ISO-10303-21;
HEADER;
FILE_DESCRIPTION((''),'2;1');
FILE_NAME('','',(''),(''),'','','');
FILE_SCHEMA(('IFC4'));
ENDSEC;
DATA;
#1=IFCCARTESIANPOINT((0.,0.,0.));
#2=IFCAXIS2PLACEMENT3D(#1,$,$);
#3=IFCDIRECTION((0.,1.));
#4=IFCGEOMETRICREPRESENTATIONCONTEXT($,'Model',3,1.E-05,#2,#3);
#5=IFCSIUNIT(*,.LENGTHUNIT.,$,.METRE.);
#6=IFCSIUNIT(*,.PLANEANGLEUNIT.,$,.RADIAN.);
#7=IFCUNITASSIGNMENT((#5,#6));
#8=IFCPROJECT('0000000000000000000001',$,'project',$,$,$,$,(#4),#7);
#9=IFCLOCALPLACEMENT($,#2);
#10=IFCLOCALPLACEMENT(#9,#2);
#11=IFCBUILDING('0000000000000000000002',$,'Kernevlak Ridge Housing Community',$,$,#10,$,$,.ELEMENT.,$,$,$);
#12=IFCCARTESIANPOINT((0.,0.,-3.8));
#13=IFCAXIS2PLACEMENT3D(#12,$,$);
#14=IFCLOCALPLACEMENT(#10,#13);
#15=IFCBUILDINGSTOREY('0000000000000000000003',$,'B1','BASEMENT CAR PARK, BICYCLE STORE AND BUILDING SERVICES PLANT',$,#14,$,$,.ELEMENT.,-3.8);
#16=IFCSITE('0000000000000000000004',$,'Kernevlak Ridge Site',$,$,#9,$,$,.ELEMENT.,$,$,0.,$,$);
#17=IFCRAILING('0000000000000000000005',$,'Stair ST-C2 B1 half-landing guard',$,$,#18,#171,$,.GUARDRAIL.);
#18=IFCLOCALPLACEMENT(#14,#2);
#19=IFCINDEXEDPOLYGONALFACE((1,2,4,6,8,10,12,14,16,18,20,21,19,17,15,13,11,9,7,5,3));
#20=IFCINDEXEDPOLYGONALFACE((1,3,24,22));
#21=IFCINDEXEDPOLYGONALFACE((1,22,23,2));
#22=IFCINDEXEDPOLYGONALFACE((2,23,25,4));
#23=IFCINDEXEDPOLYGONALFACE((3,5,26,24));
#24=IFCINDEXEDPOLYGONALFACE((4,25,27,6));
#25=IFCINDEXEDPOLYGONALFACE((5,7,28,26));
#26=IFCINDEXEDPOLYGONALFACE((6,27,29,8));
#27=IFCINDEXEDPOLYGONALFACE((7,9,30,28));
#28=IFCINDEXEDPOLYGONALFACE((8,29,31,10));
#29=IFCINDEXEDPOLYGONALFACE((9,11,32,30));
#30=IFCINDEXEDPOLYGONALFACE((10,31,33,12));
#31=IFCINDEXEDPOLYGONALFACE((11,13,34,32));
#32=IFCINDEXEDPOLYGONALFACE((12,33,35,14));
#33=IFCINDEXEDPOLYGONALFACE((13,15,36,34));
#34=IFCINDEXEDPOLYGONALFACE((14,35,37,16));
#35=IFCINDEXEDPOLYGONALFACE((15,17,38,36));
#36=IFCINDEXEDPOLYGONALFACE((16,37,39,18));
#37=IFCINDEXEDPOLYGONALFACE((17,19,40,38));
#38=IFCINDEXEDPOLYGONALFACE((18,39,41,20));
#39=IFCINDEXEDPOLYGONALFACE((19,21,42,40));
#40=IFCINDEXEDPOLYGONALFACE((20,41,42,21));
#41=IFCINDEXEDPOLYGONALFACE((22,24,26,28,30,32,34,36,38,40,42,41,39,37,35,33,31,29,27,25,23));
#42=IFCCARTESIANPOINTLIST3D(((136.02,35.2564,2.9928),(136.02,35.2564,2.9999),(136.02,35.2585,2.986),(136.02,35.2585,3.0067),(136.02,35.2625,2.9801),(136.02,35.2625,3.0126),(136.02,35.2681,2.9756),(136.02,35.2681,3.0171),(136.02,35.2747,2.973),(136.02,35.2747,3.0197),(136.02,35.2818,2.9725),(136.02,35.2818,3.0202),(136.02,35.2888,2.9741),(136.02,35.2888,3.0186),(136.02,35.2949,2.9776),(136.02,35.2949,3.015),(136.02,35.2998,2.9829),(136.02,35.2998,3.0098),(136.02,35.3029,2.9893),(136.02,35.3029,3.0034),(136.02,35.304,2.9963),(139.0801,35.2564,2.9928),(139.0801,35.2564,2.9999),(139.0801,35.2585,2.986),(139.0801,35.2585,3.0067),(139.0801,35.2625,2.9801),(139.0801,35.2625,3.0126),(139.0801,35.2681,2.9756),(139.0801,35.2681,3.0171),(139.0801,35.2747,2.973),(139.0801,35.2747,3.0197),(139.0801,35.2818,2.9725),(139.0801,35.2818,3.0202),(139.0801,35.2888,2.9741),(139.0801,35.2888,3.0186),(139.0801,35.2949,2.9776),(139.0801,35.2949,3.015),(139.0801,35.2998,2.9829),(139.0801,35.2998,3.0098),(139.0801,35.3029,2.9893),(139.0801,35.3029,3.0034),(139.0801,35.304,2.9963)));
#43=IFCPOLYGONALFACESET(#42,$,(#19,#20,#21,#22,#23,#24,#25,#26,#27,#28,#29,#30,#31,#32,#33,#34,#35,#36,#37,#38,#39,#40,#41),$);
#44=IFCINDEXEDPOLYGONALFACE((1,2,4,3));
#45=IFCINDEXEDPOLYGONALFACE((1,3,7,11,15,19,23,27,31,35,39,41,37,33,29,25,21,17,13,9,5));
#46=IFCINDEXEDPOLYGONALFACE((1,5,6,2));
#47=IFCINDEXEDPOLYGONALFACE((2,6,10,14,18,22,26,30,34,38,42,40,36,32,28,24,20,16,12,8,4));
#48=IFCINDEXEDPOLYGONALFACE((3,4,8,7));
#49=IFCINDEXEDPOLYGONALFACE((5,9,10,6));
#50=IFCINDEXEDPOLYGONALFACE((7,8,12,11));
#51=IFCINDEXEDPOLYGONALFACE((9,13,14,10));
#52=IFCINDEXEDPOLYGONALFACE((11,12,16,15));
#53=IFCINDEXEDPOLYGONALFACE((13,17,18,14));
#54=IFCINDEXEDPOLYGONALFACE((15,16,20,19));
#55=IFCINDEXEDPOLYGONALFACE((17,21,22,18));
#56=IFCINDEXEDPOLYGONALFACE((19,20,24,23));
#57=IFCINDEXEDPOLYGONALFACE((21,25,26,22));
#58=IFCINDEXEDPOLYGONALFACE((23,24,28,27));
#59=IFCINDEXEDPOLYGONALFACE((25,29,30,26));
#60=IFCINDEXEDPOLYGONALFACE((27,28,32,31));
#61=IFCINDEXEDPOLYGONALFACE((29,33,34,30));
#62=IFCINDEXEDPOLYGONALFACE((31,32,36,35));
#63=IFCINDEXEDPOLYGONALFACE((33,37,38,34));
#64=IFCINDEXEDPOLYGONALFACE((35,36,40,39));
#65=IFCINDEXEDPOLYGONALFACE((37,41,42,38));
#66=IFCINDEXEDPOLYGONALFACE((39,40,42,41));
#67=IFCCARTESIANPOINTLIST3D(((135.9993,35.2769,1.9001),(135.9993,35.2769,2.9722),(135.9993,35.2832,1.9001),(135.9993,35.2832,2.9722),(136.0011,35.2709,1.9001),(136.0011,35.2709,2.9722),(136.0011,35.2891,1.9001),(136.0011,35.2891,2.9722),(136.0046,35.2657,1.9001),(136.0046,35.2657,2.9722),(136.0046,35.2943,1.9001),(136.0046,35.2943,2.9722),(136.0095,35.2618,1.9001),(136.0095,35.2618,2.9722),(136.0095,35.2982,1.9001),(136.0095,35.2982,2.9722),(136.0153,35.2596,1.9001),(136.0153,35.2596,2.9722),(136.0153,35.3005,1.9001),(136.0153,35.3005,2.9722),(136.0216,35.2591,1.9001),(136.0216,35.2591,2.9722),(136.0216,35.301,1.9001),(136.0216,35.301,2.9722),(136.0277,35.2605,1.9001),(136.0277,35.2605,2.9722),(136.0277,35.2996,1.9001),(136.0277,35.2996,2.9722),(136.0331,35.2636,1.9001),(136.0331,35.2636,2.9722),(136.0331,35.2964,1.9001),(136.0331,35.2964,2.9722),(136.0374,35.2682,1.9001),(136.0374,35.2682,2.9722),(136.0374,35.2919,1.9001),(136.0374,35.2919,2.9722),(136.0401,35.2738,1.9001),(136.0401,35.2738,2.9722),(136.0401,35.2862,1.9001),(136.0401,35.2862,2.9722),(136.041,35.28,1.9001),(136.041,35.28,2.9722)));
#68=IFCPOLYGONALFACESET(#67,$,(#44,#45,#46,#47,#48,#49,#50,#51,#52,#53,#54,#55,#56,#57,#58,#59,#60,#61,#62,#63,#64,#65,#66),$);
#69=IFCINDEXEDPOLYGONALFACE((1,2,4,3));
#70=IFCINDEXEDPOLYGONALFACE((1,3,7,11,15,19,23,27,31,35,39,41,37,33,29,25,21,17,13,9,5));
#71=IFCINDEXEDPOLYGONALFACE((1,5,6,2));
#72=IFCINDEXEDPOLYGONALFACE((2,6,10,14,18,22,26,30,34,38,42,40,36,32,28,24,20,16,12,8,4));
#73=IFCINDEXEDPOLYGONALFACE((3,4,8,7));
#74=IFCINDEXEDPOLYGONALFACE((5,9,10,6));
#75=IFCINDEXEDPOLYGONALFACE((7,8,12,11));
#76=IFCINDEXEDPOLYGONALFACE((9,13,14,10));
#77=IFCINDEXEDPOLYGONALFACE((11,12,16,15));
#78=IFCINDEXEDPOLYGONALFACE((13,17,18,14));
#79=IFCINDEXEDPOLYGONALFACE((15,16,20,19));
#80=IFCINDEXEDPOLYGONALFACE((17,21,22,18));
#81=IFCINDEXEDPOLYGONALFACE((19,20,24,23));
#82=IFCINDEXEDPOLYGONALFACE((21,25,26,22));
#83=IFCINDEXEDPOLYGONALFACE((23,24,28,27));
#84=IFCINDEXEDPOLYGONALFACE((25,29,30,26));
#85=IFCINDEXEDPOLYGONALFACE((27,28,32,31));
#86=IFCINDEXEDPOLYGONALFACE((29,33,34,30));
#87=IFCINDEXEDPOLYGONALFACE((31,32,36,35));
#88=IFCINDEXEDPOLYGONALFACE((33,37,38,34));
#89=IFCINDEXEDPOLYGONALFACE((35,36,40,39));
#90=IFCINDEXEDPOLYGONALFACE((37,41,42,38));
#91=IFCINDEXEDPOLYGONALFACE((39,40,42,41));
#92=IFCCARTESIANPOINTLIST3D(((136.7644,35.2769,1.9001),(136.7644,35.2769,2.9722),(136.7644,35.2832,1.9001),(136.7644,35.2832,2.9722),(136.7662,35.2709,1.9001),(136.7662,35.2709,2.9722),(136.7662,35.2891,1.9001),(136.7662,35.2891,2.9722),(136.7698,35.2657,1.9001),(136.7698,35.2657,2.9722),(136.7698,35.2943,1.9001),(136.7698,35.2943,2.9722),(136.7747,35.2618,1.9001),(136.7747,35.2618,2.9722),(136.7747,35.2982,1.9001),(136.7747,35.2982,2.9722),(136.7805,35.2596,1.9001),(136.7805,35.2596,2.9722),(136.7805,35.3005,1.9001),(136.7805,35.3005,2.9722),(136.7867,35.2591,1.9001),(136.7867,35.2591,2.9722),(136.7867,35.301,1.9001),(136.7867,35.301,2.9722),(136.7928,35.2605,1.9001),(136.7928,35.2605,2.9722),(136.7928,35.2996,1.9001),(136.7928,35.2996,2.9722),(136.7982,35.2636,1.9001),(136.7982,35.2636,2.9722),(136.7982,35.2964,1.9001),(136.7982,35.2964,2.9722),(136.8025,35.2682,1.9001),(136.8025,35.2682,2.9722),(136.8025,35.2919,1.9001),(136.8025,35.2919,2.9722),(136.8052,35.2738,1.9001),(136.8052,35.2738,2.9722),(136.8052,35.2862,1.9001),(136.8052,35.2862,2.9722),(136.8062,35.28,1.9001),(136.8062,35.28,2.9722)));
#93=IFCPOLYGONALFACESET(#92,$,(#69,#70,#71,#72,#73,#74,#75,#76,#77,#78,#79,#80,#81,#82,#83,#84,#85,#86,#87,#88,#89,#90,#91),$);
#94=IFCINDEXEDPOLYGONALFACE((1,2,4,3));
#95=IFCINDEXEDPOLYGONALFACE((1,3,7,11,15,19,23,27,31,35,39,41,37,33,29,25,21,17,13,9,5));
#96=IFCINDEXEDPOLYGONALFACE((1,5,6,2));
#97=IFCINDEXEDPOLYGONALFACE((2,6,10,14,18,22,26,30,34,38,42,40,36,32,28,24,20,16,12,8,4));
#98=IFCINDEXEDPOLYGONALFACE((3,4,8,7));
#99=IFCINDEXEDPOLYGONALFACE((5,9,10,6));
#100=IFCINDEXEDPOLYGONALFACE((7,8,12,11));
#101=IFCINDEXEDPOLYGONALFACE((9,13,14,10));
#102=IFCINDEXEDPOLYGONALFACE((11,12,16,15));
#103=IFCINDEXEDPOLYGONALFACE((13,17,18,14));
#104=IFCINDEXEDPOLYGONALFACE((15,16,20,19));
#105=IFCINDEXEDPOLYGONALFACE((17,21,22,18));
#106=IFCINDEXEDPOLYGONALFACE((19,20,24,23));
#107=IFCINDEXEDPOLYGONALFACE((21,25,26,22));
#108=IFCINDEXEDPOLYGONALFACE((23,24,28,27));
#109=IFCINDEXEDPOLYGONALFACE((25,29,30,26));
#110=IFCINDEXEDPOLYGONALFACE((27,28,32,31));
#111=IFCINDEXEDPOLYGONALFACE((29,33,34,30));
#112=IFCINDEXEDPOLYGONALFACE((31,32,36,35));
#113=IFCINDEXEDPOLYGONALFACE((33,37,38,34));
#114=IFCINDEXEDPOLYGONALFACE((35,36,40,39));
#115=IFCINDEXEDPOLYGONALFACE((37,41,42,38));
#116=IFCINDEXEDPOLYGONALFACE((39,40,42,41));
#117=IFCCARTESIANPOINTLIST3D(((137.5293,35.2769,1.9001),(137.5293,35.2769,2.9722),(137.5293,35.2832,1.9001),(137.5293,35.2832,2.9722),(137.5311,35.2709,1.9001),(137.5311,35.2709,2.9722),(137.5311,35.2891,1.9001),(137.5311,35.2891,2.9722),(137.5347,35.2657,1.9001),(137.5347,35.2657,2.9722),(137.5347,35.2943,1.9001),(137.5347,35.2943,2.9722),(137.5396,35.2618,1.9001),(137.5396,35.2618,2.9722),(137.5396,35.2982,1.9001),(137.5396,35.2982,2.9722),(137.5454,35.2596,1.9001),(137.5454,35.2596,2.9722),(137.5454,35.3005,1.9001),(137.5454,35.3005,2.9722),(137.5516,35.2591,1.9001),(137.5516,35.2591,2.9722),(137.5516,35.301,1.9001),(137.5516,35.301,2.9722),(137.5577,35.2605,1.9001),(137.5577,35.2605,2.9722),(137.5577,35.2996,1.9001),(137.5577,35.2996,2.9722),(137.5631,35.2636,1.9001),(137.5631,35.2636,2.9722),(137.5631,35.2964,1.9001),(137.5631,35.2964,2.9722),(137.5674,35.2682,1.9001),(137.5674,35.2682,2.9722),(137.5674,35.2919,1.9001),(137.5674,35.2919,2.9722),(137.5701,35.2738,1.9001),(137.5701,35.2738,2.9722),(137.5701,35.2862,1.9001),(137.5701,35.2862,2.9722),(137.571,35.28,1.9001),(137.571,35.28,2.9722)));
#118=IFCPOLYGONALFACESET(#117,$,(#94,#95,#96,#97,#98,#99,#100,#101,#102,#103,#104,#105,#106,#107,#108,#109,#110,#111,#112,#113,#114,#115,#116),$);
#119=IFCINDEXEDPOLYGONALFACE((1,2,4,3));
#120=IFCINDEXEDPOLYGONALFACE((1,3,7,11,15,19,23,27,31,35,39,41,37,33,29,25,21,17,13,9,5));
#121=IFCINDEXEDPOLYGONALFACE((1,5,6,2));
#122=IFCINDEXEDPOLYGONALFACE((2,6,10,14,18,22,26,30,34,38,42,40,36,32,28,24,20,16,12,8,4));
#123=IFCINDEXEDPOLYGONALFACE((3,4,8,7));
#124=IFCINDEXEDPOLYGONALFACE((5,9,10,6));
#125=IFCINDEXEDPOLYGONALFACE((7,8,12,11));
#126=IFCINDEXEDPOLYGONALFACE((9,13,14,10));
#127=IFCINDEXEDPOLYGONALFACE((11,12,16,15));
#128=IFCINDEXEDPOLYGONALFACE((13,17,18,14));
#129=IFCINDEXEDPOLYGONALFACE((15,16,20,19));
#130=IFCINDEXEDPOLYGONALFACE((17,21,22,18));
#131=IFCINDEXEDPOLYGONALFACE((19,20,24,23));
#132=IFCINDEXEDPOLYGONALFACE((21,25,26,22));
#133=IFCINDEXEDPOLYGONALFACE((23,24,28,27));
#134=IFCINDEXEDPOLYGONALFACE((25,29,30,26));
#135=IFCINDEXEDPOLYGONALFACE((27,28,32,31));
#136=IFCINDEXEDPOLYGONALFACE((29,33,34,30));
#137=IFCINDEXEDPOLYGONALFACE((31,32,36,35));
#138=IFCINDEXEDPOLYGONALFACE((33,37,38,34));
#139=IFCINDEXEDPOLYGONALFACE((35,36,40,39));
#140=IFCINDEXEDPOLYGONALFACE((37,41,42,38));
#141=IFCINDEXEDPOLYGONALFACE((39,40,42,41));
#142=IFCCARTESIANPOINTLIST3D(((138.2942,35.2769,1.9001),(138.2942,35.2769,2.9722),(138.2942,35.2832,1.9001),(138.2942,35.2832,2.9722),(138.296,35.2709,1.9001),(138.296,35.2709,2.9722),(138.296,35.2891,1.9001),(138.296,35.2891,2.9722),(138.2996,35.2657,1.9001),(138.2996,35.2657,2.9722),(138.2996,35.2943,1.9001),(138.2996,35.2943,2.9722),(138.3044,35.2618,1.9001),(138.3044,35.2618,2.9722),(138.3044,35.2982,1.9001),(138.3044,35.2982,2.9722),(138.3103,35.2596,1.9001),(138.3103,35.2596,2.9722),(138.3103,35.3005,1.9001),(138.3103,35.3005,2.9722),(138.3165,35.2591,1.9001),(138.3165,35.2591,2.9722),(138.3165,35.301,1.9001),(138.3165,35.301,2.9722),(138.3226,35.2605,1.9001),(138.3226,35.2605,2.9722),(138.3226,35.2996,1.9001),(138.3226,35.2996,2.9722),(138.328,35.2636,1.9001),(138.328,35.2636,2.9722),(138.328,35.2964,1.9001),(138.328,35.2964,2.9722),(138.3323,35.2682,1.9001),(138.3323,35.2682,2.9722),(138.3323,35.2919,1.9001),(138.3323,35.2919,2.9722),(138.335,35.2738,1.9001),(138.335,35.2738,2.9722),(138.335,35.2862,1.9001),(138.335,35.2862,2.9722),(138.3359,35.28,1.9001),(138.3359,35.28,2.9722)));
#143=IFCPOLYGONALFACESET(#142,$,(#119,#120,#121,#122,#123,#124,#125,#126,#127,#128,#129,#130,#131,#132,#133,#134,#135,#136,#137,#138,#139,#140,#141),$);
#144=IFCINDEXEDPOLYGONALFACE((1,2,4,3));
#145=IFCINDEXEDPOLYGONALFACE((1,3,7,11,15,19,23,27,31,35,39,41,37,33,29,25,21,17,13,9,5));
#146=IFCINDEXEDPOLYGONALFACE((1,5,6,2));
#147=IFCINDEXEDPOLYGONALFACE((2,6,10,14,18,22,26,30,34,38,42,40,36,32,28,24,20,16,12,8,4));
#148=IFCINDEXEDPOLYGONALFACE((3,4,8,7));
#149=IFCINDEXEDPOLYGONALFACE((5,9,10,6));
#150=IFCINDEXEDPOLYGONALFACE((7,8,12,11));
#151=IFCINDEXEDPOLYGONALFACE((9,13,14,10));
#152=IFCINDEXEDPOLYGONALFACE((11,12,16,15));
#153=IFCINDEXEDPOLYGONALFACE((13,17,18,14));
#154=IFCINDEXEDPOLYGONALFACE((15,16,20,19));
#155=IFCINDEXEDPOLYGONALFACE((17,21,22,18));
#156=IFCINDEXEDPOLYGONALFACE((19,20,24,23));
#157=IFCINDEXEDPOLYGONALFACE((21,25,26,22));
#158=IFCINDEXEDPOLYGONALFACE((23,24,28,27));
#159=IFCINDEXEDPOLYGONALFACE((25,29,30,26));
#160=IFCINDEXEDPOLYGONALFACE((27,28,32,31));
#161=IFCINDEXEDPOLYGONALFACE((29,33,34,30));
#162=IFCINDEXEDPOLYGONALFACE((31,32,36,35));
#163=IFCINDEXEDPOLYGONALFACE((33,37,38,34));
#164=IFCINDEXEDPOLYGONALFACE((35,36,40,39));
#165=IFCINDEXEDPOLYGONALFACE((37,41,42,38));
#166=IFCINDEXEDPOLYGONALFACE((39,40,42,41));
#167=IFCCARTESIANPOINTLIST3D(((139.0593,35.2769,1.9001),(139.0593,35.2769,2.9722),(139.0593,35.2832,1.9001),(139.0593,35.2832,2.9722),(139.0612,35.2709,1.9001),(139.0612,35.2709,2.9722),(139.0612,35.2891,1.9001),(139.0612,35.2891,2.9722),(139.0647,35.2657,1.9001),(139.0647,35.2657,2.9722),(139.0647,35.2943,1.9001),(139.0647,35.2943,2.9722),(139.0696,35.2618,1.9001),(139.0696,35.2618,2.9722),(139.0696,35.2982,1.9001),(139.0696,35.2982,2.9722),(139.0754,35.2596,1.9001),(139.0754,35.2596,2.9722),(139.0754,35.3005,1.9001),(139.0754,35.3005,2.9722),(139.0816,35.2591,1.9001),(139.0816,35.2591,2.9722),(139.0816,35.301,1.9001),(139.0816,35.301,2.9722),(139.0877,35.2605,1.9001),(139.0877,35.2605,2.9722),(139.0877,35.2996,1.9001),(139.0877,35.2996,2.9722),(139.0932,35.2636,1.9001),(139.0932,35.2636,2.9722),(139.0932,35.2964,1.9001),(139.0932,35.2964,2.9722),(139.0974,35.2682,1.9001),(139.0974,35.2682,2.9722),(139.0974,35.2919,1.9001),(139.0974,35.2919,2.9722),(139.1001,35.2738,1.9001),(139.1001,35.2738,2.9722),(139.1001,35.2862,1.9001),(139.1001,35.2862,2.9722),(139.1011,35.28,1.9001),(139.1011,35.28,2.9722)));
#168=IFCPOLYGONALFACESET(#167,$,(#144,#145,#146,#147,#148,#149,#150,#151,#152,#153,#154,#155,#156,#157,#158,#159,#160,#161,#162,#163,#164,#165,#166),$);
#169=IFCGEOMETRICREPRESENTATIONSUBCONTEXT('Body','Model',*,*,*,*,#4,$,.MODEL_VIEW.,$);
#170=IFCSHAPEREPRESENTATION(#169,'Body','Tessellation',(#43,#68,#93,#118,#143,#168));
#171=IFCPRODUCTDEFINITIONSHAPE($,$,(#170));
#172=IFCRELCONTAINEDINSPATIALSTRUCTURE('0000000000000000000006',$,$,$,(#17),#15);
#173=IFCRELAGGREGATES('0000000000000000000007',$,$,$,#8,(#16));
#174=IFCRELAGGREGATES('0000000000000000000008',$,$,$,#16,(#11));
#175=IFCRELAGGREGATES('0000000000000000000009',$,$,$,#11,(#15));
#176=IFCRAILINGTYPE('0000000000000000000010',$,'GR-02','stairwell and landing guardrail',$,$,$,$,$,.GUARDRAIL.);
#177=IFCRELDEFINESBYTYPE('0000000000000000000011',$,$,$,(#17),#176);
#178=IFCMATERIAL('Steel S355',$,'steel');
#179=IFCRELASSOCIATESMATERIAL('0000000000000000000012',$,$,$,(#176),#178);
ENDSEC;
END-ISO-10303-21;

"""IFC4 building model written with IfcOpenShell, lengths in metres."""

from ifc_helpers import new_model, si_unit, direction, frame, origin, origin_2d, place, context, subcontext, project, spatial, circle, extrude, material, type_object, element, save


model = new_model("IFC4")

# Units and contexts
model_context = context("Model", 3, precision=1e-05, world=origin(), true_north=direction((0.0, 1.0)))
body_context = subcontext(model_context, "Body", "Model", "MODEL_VIEW")
ifc_project = project(units=[si_unit("LENGTHUNIT", "METRE"), si_unit("PLANEANGLEUNIT", "RADIAN")], contexts=[model_context])

# Site, building, storey
site_placement = place(None, origin())
site = spatial("IfcSite", under=ifc_project, at=site_placement, Name="Kernevlak Ridge Site", CompositionType="ELEMENT", RefElevation=0.0)
building_placement = place(site_placement, origin())
building = spatial("IfcBuilding", under=site, at=building_placement, Name="Kernevlak Ridge Housing Community", CompositionType="ELEMENT")
storey_placement = place(building_placement, frame((0.0, 0.0, -3.8)))
storey = spatial("IfcBuildingStorey", under=building, at=storey_placement, Name="B1", Description="BASEMENT CAR PARK, BICYCLE STORE AND BUILDING SERVICES PLANT", CompositionType="ELEMENT", Elevation=-3.8)

# Railing
ifc_material_1 = material(Name="Steel S355", Category="steel")
railing_type_1 = type_object("IfcRailingType", Name="GR-02", Description="stairwell and landing guardrail", PredefinedType="GUARDRAIL", material=ifc_material_1)
railing_1_placement = place(storey_placement, frame((136.02, 35.28, 1.9001)))
element("IfcRailing", 1, at=railing_1_placement, inside=storey, type_object=railing_type_1, Name="Stair ST-C2 B1 half-landing guard", PredefinedType="GUARDRAIL", context=body_context, shape_type="SweptSolid", body=[
    extrude(circle(Radius=0.0239, at=origin_2d()), frame((0.0, 0.0, 1.0962), z_axis=(1.0, 0.0, 0.0), x_axis=(0.0, 1.0, 0.0)), (0.0, 0.0, 1.0), 3.0601),
    extrude(circle(Radius=0.021, at=origin_2d()), origin(), (0.0, 0.0, 1.0), 1.072),
    extrude(circle(Radius=0.021, at=origin_2d()), frame((0.7651, 0.0, 0.0)), (0.0, 0.0, 1.0), 1.072),
    extrude(circle(Radius=0.021, at=origin_2d()), frame((1.53, 0.0, 0.0)), (0.0, 0.0, 1.0), 1.072),
    extrude(circle(Radius=0.021, at=origin_2d()), frame((2.2949, 0.0, 0.0)), (0.0, 0.0, 1.0), 1.072),
    extrude(circle(Radius=0.021, at=origin_2d()), frame((3.0601, 0.0, 0.0)), (0.0, 0.0, 1.0), 1.072),
])

save(model, "model.ifc")
